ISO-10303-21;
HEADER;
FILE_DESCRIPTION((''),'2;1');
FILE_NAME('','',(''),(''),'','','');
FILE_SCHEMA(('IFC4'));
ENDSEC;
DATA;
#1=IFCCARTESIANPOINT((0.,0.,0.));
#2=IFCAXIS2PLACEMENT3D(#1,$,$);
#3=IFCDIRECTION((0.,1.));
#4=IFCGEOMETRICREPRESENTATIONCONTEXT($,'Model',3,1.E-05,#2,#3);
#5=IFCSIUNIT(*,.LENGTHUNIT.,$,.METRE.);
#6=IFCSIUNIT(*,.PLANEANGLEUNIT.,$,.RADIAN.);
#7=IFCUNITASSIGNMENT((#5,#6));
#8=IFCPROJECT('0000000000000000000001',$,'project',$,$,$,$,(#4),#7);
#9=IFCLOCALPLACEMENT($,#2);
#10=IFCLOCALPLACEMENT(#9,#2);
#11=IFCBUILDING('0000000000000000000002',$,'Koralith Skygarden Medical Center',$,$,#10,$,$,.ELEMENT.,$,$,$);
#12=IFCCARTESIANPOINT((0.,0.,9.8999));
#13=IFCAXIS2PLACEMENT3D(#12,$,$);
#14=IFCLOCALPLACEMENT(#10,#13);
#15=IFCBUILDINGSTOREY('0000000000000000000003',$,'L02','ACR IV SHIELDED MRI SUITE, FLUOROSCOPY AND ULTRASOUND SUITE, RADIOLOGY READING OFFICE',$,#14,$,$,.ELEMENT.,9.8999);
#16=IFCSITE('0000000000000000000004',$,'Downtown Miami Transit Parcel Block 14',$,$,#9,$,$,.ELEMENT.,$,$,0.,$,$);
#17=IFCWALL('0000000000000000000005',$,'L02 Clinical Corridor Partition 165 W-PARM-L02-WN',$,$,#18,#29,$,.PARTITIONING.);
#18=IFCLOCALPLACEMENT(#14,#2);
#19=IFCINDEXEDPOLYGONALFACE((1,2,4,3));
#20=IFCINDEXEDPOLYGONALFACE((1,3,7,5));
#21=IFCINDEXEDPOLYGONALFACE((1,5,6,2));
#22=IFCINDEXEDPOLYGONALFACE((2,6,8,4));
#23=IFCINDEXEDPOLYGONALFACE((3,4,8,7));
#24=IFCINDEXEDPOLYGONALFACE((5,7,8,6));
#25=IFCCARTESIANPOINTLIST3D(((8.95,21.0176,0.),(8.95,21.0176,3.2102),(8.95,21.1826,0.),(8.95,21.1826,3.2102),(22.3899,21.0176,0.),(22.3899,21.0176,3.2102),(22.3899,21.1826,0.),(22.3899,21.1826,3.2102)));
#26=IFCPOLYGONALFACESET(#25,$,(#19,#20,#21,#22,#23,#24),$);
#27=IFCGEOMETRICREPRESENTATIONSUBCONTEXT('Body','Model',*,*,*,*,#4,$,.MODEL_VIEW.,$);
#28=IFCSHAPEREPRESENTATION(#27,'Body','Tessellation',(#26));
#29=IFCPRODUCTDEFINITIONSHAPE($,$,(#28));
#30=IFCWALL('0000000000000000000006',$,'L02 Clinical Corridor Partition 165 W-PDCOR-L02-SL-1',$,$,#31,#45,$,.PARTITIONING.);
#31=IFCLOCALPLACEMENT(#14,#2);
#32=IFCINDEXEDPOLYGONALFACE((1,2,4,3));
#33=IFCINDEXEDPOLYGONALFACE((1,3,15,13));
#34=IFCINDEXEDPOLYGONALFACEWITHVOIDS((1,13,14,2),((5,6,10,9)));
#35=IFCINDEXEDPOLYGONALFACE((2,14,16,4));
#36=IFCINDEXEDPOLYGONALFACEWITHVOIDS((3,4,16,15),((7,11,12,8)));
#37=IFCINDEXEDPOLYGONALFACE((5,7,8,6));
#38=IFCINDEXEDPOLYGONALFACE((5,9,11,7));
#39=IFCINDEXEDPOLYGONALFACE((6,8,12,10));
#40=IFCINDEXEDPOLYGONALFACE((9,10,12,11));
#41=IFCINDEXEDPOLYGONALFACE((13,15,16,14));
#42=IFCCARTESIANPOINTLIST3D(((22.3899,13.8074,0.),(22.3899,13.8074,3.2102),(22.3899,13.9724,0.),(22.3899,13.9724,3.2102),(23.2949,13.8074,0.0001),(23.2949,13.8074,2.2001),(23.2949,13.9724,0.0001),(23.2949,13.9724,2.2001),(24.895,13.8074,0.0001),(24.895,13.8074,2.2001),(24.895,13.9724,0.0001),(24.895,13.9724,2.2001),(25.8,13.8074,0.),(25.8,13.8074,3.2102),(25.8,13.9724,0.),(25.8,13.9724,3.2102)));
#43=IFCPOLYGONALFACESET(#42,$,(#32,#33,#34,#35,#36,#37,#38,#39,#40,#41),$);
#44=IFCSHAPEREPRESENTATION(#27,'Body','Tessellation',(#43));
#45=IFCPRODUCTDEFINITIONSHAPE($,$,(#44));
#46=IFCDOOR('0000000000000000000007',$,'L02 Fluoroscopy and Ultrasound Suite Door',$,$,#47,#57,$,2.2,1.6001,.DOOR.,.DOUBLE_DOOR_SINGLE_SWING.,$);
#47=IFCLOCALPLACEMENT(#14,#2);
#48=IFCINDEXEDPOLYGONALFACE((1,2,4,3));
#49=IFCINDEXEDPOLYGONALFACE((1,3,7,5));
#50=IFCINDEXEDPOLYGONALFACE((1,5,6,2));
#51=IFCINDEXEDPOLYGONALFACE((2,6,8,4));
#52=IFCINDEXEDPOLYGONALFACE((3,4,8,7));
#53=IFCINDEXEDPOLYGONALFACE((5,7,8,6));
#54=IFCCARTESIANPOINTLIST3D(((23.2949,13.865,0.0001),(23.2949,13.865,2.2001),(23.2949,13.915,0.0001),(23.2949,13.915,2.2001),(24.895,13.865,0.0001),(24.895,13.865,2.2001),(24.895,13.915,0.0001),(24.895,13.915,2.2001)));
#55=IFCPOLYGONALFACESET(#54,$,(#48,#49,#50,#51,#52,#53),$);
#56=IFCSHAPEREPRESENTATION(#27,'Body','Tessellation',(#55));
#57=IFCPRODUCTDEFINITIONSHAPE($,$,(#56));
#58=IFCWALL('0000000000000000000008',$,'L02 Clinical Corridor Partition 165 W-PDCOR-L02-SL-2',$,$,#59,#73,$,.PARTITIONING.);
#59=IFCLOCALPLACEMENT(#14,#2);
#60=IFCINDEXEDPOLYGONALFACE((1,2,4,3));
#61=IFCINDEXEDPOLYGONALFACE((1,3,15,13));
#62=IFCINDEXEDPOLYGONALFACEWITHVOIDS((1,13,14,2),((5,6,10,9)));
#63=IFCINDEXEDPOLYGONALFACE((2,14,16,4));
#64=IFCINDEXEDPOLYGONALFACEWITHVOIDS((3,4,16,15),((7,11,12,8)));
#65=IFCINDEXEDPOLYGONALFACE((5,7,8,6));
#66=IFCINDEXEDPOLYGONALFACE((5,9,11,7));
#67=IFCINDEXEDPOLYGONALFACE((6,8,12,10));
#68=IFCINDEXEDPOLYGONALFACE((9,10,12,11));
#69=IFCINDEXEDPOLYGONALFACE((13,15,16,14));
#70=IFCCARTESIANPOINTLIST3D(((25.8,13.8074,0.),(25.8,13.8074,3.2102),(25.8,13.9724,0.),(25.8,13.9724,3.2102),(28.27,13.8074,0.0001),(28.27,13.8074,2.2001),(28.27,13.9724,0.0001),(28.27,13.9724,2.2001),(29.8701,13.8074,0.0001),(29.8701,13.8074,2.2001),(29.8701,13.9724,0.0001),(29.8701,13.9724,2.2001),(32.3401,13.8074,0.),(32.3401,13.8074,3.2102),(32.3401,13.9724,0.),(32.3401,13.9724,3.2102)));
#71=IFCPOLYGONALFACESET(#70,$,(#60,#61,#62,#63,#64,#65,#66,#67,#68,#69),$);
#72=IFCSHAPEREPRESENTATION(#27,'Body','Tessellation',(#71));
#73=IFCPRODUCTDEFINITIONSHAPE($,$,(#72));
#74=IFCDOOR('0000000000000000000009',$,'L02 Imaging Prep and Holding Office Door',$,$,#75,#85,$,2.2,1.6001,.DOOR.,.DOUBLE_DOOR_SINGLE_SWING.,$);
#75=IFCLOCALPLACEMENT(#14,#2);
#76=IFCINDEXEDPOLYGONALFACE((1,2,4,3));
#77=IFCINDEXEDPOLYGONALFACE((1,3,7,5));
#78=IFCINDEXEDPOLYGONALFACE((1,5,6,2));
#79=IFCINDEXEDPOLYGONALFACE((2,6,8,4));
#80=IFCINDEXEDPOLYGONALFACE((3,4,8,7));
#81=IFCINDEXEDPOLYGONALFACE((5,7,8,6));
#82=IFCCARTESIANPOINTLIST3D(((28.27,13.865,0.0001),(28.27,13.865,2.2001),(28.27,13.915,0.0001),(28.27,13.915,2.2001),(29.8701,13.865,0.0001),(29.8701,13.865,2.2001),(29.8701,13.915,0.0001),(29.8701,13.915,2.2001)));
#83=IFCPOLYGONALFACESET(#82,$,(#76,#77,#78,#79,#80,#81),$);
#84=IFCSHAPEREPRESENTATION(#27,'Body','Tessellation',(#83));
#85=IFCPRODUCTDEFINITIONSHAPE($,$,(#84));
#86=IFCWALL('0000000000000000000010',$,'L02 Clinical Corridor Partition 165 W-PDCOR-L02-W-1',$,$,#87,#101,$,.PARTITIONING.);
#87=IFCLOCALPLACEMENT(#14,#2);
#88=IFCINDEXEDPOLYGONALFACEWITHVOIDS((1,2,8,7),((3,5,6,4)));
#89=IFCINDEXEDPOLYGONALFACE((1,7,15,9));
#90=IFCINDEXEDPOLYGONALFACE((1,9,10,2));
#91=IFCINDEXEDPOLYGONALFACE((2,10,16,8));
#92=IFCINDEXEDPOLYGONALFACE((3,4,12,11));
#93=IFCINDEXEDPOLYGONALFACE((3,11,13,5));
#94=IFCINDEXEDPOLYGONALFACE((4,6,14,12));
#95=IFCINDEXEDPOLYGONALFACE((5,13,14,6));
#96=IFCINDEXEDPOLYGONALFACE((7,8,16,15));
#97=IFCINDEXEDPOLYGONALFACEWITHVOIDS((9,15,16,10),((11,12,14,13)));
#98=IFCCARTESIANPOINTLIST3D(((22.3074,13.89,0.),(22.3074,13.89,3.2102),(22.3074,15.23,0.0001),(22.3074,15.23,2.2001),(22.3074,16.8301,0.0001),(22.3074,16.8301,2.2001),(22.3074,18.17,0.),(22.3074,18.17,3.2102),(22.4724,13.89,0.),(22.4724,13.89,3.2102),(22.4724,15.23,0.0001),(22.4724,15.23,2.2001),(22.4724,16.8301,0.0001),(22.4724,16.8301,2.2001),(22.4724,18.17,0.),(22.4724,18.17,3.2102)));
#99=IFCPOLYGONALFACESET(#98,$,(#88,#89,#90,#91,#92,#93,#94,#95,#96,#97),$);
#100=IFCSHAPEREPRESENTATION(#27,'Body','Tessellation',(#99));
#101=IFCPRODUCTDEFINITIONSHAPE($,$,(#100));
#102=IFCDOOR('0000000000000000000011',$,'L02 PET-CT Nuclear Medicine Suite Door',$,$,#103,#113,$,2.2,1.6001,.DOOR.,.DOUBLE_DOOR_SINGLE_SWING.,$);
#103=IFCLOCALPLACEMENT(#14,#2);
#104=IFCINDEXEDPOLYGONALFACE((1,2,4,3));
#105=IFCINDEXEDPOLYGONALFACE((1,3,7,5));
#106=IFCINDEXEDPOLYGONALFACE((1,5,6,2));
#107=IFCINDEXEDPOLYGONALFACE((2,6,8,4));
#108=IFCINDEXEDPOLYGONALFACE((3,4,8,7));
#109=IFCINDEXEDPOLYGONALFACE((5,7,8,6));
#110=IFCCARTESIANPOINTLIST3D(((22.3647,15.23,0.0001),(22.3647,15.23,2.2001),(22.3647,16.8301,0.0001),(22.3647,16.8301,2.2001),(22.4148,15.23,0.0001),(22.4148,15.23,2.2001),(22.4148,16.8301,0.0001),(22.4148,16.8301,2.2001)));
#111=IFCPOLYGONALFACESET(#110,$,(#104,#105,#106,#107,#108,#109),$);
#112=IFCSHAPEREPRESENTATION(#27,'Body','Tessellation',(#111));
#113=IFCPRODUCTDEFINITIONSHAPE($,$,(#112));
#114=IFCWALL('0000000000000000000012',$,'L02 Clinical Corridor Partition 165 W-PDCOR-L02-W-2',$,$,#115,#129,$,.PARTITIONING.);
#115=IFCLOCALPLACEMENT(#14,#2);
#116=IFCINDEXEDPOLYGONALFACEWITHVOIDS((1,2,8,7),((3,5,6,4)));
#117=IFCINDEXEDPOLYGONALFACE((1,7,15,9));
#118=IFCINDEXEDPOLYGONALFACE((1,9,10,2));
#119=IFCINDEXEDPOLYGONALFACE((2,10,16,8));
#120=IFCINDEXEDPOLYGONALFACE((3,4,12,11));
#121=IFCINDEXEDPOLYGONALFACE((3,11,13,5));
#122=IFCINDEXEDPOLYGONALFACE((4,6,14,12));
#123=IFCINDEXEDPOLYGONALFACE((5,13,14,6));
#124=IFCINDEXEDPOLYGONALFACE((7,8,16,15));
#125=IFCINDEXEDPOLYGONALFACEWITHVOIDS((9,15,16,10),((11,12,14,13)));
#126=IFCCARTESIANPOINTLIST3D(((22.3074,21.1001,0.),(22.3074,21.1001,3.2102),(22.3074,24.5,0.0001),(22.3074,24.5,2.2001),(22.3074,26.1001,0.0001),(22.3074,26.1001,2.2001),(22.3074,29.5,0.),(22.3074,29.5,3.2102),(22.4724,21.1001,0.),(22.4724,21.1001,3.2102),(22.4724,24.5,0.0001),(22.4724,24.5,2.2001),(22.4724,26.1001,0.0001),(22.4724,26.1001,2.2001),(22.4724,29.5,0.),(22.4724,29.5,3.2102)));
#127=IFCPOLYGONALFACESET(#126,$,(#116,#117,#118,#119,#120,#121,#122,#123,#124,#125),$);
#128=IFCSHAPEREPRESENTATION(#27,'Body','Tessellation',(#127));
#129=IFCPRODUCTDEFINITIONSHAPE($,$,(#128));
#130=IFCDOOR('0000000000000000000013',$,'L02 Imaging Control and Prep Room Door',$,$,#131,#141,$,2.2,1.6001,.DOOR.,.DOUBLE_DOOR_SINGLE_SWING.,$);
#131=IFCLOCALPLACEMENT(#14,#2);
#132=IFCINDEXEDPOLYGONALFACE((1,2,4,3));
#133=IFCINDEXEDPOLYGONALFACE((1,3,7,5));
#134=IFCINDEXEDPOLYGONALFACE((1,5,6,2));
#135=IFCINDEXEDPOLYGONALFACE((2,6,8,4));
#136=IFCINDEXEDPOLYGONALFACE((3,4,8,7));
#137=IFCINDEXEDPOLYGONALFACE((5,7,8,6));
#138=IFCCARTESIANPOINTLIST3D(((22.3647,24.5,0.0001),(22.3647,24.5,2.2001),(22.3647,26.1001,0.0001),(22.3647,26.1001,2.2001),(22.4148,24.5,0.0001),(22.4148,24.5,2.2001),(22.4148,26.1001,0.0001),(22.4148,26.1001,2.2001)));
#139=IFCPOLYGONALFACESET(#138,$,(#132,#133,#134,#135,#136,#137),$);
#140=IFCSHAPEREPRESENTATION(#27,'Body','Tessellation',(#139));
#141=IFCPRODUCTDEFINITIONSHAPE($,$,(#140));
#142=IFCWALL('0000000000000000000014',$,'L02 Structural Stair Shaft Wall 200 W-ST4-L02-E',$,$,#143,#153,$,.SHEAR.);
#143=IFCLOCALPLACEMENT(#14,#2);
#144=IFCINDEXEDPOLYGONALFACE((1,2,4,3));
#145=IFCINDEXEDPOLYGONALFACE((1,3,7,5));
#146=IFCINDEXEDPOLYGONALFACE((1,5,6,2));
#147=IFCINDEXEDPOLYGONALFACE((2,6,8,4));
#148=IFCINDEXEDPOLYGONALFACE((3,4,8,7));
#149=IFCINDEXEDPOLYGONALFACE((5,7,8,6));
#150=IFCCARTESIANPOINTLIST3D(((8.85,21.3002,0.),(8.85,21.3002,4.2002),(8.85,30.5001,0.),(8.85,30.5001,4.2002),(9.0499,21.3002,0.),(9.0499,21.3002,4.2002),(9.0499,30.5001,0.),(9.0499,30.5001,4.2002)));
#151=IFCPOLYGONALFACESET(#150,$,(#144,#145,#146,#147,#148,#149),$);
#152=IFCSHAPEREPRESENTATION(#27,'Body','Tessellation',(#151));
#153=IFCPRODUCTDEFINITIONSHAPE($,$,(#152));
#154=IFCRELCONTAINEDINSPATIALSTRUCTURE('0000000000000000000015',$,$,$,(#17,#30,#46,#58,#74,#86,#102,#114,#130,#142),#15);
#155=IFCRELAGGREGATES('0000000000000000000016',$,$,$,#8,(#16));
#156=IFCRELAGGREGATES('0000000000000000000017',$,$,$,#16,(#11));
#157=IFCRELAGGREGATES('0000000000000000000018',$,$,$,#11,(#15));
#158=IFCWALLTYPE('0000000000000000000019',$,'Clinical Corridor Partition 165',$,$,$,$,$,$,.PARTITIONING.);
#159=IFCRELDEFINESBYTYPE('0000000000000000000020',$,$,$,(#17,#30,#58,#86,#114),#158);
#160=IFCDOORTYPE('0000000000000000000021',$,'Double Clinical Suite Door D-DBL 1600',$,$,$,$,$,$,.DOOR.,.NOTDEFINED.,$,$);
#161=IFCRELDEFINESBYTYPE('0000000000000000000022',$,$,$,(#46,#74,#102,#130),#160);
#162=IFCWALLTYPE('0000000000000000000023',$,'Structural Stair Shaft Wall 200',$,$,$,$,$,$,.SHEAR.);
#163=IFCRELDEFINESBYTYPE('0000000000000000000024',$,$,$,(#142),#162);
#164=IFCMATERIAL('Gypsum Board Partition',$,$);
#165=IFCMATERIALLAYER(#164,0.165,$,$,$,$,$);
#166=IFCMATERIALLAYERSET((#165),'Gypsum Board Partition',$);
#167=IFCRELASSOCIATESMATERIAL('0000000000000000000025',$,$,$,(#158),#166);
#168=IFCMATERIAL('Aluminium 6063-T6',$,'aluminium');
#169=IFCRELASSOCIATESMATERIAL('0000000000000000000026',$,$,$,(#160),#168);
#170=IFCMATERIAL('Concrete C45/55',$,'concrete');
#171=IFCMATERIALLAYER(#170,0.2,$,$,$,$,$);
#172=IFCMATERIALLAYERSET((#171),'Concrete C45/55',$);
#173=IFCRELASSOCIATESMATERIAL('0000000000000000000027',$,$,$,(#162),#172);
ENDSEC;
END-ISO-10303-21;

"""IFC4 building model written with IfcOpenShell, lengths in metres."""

from ifc_helpers import new_model, si_unit, direction, frame, frame_2d, origin, place, context, subcontext, project, spatial, rectangle, extrude, material, layer, layer_set, type_object, element, fill, save


model = new_model("IFC4")

# Units and contexts
model_context = context("Model", 3, precision=1e-05, world=origin(), true_north=direction((0.0, 1.0)))
body_context = subcontext(model_context, "Body", "Model", "MODEL_VIEW")
ifc_project = project(units=[si_unit("LENGTHUNIT", "METRE"), si_unit("PLANEANGLEUNIT", "RADIAN")], contexts=[model_context])

# Site, building, storey
site_placement = place(None, origin())
site = spatial("IfcSite", under=ifc_project, at=site_placement, Name="Downtown Miami Transit Parcel Block 14", CompositionType="ELEMENT", RefElevation=0.0)
building_placement = place(site_placement, origin())
building = spatial("IfcBuilding", under=site, at=building_placement, Name="Koralith Skygarden Medical Center", CompositionType="ELEMENT")
storey_placement = place(building_placement, frame((0.0, 0.0, 9.8999)))
storey = spatial("IfcBuildingStorey", under=building, at=storey_placement, Name="L02", Description="ACR IV SHIELDED MRI SUITE, FLUOROSCOPY AND ULTRASOUND SUITE, RADIOLOGY READING OFFICE", CompositionType="ELEMENT", Elevation=9.8999)

# Wall
ifc_material_1 = material(Name="Gypsum Board Partition")
ifc_layer_1 = layer(ifc_material_1, 0.165)
ifc_layer_set_1 = layer_set([ifc_layer_1], Name="Gypsum Board Partition")
wall_type_1 = type_object("IfcWallType", Name="Clinical Corridor Partition 165", PredefinedType="PARTITIONING", material=ifc_layer_set_1)
wall_1_placement = place(storey_placement, frame((8.95, 21.1001, 0.0), z_axis=(0.0, 0.0, 1.0), x_axis=(1.0, 0.0, 0.0)))
element("IfcWall", 1, at=wall_1_placement, inside=storey, type_object=wall_type_1, Name="L02 Clinical Corridor Partition 165 W-PARM-L02-WN", PredefinedType="PARTITIONING", context=body_context, shape_type="SweptSolid", body=[
    extrude(rectangle(XDim=13.4399, YDim=0.165, at=frame_2d((6.72, 0.0))), origin(), (0.0, 0.0, 1.0), 3.2102),
])

# Walls, openings, doors
wall_2_placement = place(storey_placement, frame((22.3899, 13.8899, 0.0), z_axis=(0.0, 0.0, 1.0), x_axis=(1.0, 0.0, 0.0)))
wall_2 = element("IfcWall", 2, at=wall_2_placement, inside=storey, type_object=wall_type_1, Name="L02 Clinical Corridor Partition 165 W-PDCOR-L02-SL-1", PredefinedType="PARTITIONING", context=body_context, shape_type="SweptSolid", body=[
    extrude(rectangle(XDim=3.4102, YDim=0.165, at=frame_2d((1.7051, 0.0))), origin(), (0.0, 0.0, 1.0), 3.2102),
])
opening_1_placement = place(wall_2_placement, frame((0.905, 0.0, 0.0)))
opening_1 = element("IfcOpeningElement", 3, at=opening_1_placement, cuts=wall_2, PredefinedType="OPENING", context=body_context, shape_type="SweptSolid", body=[
    extrude(rectangle(XDim=1.6001, YDim=2.2, at=frame_2d((0.8, 1.1001))), frame((0.0, 0.0925, 0.0), z_axis=(0.0, -1.0, 0.0), x_axis=(1.0, 0.0, 0.0)), (0.0, 0.0, 1.0), 0.1851),
])
ifc_material_2 = material(Name="Aluminium 6063-T6", Category="aluminium")
door_type = type_object("IfcDoorType", Name="Double Clinical Suite Door D-DBL 1600", OperationType="NOTDEFINED", PredefinedType="DOOR", material=ifc_material_2)
door_1_placement = place(opening_1_placement, frame((1.6001, 0.0, 0.0), z_axis=(0.0, 0.0, 1.0), x_axis=(-1.0, 0.0, 0.0)))
door_1 = element("IfcDoor", 4, at=door_1_placement, inside=storey, type_object=door_type, Name="L02 Fluoroscopy and Ultrasound Suite Door", OperationType="DOUBLE_DOOR_SINGLE_SWING", OverallHeight=2.2, OverallWidth=1.6001, PredefinedType="DOOR", context=body_context, shape_type="SweptSolid", body=[
    extrude(rectangle(XDim=1.6001, YDim=2.2, at=frame_2d((0.8, 1.1001))), frame((0.0, 0.0249, 0.0), z_axis=(0.0, -1.0, 0.0), x_axis=(1.0, 0.0, 0.0)), (0.0, 0.0, 1.0), 0.05),
])
fill(opening_1, door_1)
wall_3_placement = place(storey_placement, frame((25.8, 13.8899, 0.0), z_axis=(0.0, 0.0, 1.0), x_axis=(1.0, 0.0, 0.0)))
wall_3 = element("IfcWall", 5, at=wall_3_placement, inside=storey, type_object=wall_type_1, Name="L02 Clinical Corridor Partition 165 W-PDCOR-L02-SL-2", PredefinedType="PARTITIONING", context=body_context, shape_type="SweptSolid", body=[
    extrude(rectangle(XDim=6.54, YDim=0.165, at=frame_2d((3.27, 0.0))), origin(), (0.0, 0.0, 1.0), 3.2102),
])
opening_2_placement = place(wall_3_placement, frame((2.47, 0.0, 0.0)))
opening_2 = element("IfcOpeningElement", 6, at=opening_2_placement, cuts=wall_3, PredefinedType="OPENING", context=body_context, shape_type="SweptSolid", body=[
    extrude(rectangle(XDim=1.6001, YDim=2.2, at=frame_2d((0.8, 1.1001))), frame((0.0, 0.0925, 0.0), z_axis=(0.0, -1.0, 0.0), x_axis=(1.0, 0.0, 0.0)), (0.0, 0.0, 1.0), 0.1851),
])
door_2_placement = place(opening_2_placement, frame((1.6001, 0.0, 0.0), z_axis=(0.0, 0.0, 1.0), x_axis=(-1.0, 0.0, 0.0)))
door_2 = element("IfcDoor", 7, at=door_2_placement, inside=storey, type_object=door_type, Name="L02 Imaging Prep and Holding Office Door", OperationType="DOUBLE_DOOR_SINGLE_SWING", OverallHeight=2.2, OverallWidth=1.6001, PredefinedType="DOOR", context=body_context, shape_type="SweptSolid", body=[
    extrude(rectangle(XDim=1.6001, YDim=2.2, at=frame_2d((0.8, 1.1001))), frame((0.0, 0.0249, 0.0), z_axis=(0.0, -1.0, 0.0), x_axis=(1.0, 0.0, 0.0)), (0.0, 0.0, 1.0), 0.05),
])
fill(opening_2, door_2)
wall_4_placement = place(storey_placement, frame((22.3899, 13.8899, 0.0), z_axis=(0.0, 0.0, 1.0), x_axis=(0.0, 1.0, 0.0)))
wall_4 = element("IfcWall", 8, at=wall_4_placement, inside=storey, type_object=wall_type_1, Name="L02 Clinical Corridor Partition 165 W-PDCOR-L02-W-1", PredefinedType="PARTITIONING", context=body_context, shape_type="SweptSolid", body=[
    extrude(rectangle(XDim=4.28, YDim=0.165, at=frame_2d((2.1401, 0.0))), origin(), (0.0, 0.0, 1.0), 3.2102),
])
opening_3_placement = place(wall_4_placement, frame((1.3401, 0.0, 0.0)))
opening_3 = element("IfcOpeningElement", 9, at=opening_3_placement, cuts=wall_4, PredefinedType="OPENING", context=body_context, shape_type="SweptSolid", body=[
    extrude(rectangle(XDim=1.6001, YDim=2.2, at=frame_2d((0.8, 1.1001))), frame((0.0, 0.0925, 0.0), z_axis=(0.0, -1.0, 0.0), x_axis=(1.0, 0.0, 0.0)), (0.0, 0.0, 1.0), 0.1851),
])
door_3_placement = place(opening_3_placement, frame((1.6001, 0.0, 0.0), z_axis=(0.0, 0.0, 1.0), x_axis=(-1.0, 0.0, 0.0)))
door_3 = element("IfcDoor", 10, at=door_3_placement, inside=storey, type_object=door_type, Name="L02 PET-CT Nuclear Medicine Suite Door", OperationType="DOUBLE_DOOR_SINGLE_SWING", OverallHeight=2.2, OverallWidth=1.6001, PredefinedType="DOOR", context=body_context, shape_type="SweptSolid", body=[
    extrude(rectangle(XDim=1.6001, YDim=2.2, at=frame_2d((0.8, 1.1001))), frame((0.0, 0.0249, 0.0), z_axis=(0.0, -1.0, 0.0), x_axis=(1.0, 0.0, 0.0)), (0.0, 0.0, 1.0), 0.05),
])
fill(opening_3, door_3)
wall_5_placement = place(storey_placement, frame((22.3899, 21.1001, 0.0), z_axis=(0.0, 0.0, 1.0), x_axis=(0.0, 1.0, 0.0)))
wall_5 = element("IfcWall", 11, at=wall_5_placement, inside=storey, type_object=wall_type_1, Name="L02 Clinical Corridor Partition 165 W-PDCOR-L02-W-2", PredefinedType="PARTITIONING", context=body_context, shape_type="SweptSolid", body=[
    extrude(rectangle(XDim=8.3999, YDim=0.165, at=frame_2d((4.2, 0.0))), origin(), (0.0, 0.0, 1.0), 3.2102),
])
opening_4_placement = place(wall_5_placement, frame((3.3999, 0.0, 0.0)))
opening_4 = element("IfcOpeningElement", 12, at=opening_4_placement, cuts=wall_5, PredefinedType="OPENING", context=body_context, shape_type="SweptSolid", body=[
    extrude(rectangle(XDim=1.6001, YDim=2.2, at=frame_2d((0.8, 1.1001))), frame((0.0, 0.0925, 0.0), z_axis=(0.0, -1.0, 0.0), x_axis=(1.0, 0.0, 0.0)), (0.0, 0.0, 1.0), 0.1851),
])
door_4_placement = place(opening_4_placement, frame((1.6001, 0.0, 0.0), z_axis=(0.0, 0.0, 1.0), x_axis=(-1.0, 0.0, 0.0)))
door_4 = element("IfcDoor", 13, at=door_4_placement, inside=storey, type_object=door_type, Name="L02 Imaging Control and Prep Room Door", OperationType="DOUBLE_DOOR_SINGLE_SWING", OverallHeight=2.2, OverallWidth=1.6001, PredefinedType="DOOR", context=body_context, shape_type="SweptSolid", body=[
    extrude(rectangle(XDim=1.6001, YDim=2.2, at=frame_2d((0.8, 1.1001))), frame((0.0, 0.0249, 0.0), z_axis=(0.0, -1.0, 0.0), x_axis=(1.0, 0.0, 0.0)), (0.0, 0.0, 1.0), 0.05),
])
fill(opening_4, door_4)

# Wall
ifc_material_3 = material(Name="Concrete C45/55", Category="concrete")
ifc_layer_2 = layer(ifc_material_3, 0.2)
ifc_layer_set_2 = layer_set([ifc_layer_2], Name="Concrete C45/55")
wall_type_2 = type_object("IfcWallType", Name="Structural Stair Shaft Wall 200", PredefinedType="SHEAR", material=ifc_layer_set_2)
wall_6_placement = place(storey_placement, frame((8.95, 21.3, 0.0), z_axis=(0.0, 0.0, 1.0), x_axis=(0.0, 1.0, 0.0)))
element("IfcWall", 14, at=wall_6_placement, inside=storey, type_object=wall_type_2, Name="L02 Structural Stair Shaft Wall 200 W-ST4-L02-E", PredefinedType="SHEAR", context=body_context, shape_type="SweptSolid", body=[
    extrude(rectangle(XDim=9.2, YDim=0.2, at=frame_2d((4.6001, 0.0))), origin(), (0.0, 0.0, 1.0), 4.2002),
])

save(model, "model.ifc")
